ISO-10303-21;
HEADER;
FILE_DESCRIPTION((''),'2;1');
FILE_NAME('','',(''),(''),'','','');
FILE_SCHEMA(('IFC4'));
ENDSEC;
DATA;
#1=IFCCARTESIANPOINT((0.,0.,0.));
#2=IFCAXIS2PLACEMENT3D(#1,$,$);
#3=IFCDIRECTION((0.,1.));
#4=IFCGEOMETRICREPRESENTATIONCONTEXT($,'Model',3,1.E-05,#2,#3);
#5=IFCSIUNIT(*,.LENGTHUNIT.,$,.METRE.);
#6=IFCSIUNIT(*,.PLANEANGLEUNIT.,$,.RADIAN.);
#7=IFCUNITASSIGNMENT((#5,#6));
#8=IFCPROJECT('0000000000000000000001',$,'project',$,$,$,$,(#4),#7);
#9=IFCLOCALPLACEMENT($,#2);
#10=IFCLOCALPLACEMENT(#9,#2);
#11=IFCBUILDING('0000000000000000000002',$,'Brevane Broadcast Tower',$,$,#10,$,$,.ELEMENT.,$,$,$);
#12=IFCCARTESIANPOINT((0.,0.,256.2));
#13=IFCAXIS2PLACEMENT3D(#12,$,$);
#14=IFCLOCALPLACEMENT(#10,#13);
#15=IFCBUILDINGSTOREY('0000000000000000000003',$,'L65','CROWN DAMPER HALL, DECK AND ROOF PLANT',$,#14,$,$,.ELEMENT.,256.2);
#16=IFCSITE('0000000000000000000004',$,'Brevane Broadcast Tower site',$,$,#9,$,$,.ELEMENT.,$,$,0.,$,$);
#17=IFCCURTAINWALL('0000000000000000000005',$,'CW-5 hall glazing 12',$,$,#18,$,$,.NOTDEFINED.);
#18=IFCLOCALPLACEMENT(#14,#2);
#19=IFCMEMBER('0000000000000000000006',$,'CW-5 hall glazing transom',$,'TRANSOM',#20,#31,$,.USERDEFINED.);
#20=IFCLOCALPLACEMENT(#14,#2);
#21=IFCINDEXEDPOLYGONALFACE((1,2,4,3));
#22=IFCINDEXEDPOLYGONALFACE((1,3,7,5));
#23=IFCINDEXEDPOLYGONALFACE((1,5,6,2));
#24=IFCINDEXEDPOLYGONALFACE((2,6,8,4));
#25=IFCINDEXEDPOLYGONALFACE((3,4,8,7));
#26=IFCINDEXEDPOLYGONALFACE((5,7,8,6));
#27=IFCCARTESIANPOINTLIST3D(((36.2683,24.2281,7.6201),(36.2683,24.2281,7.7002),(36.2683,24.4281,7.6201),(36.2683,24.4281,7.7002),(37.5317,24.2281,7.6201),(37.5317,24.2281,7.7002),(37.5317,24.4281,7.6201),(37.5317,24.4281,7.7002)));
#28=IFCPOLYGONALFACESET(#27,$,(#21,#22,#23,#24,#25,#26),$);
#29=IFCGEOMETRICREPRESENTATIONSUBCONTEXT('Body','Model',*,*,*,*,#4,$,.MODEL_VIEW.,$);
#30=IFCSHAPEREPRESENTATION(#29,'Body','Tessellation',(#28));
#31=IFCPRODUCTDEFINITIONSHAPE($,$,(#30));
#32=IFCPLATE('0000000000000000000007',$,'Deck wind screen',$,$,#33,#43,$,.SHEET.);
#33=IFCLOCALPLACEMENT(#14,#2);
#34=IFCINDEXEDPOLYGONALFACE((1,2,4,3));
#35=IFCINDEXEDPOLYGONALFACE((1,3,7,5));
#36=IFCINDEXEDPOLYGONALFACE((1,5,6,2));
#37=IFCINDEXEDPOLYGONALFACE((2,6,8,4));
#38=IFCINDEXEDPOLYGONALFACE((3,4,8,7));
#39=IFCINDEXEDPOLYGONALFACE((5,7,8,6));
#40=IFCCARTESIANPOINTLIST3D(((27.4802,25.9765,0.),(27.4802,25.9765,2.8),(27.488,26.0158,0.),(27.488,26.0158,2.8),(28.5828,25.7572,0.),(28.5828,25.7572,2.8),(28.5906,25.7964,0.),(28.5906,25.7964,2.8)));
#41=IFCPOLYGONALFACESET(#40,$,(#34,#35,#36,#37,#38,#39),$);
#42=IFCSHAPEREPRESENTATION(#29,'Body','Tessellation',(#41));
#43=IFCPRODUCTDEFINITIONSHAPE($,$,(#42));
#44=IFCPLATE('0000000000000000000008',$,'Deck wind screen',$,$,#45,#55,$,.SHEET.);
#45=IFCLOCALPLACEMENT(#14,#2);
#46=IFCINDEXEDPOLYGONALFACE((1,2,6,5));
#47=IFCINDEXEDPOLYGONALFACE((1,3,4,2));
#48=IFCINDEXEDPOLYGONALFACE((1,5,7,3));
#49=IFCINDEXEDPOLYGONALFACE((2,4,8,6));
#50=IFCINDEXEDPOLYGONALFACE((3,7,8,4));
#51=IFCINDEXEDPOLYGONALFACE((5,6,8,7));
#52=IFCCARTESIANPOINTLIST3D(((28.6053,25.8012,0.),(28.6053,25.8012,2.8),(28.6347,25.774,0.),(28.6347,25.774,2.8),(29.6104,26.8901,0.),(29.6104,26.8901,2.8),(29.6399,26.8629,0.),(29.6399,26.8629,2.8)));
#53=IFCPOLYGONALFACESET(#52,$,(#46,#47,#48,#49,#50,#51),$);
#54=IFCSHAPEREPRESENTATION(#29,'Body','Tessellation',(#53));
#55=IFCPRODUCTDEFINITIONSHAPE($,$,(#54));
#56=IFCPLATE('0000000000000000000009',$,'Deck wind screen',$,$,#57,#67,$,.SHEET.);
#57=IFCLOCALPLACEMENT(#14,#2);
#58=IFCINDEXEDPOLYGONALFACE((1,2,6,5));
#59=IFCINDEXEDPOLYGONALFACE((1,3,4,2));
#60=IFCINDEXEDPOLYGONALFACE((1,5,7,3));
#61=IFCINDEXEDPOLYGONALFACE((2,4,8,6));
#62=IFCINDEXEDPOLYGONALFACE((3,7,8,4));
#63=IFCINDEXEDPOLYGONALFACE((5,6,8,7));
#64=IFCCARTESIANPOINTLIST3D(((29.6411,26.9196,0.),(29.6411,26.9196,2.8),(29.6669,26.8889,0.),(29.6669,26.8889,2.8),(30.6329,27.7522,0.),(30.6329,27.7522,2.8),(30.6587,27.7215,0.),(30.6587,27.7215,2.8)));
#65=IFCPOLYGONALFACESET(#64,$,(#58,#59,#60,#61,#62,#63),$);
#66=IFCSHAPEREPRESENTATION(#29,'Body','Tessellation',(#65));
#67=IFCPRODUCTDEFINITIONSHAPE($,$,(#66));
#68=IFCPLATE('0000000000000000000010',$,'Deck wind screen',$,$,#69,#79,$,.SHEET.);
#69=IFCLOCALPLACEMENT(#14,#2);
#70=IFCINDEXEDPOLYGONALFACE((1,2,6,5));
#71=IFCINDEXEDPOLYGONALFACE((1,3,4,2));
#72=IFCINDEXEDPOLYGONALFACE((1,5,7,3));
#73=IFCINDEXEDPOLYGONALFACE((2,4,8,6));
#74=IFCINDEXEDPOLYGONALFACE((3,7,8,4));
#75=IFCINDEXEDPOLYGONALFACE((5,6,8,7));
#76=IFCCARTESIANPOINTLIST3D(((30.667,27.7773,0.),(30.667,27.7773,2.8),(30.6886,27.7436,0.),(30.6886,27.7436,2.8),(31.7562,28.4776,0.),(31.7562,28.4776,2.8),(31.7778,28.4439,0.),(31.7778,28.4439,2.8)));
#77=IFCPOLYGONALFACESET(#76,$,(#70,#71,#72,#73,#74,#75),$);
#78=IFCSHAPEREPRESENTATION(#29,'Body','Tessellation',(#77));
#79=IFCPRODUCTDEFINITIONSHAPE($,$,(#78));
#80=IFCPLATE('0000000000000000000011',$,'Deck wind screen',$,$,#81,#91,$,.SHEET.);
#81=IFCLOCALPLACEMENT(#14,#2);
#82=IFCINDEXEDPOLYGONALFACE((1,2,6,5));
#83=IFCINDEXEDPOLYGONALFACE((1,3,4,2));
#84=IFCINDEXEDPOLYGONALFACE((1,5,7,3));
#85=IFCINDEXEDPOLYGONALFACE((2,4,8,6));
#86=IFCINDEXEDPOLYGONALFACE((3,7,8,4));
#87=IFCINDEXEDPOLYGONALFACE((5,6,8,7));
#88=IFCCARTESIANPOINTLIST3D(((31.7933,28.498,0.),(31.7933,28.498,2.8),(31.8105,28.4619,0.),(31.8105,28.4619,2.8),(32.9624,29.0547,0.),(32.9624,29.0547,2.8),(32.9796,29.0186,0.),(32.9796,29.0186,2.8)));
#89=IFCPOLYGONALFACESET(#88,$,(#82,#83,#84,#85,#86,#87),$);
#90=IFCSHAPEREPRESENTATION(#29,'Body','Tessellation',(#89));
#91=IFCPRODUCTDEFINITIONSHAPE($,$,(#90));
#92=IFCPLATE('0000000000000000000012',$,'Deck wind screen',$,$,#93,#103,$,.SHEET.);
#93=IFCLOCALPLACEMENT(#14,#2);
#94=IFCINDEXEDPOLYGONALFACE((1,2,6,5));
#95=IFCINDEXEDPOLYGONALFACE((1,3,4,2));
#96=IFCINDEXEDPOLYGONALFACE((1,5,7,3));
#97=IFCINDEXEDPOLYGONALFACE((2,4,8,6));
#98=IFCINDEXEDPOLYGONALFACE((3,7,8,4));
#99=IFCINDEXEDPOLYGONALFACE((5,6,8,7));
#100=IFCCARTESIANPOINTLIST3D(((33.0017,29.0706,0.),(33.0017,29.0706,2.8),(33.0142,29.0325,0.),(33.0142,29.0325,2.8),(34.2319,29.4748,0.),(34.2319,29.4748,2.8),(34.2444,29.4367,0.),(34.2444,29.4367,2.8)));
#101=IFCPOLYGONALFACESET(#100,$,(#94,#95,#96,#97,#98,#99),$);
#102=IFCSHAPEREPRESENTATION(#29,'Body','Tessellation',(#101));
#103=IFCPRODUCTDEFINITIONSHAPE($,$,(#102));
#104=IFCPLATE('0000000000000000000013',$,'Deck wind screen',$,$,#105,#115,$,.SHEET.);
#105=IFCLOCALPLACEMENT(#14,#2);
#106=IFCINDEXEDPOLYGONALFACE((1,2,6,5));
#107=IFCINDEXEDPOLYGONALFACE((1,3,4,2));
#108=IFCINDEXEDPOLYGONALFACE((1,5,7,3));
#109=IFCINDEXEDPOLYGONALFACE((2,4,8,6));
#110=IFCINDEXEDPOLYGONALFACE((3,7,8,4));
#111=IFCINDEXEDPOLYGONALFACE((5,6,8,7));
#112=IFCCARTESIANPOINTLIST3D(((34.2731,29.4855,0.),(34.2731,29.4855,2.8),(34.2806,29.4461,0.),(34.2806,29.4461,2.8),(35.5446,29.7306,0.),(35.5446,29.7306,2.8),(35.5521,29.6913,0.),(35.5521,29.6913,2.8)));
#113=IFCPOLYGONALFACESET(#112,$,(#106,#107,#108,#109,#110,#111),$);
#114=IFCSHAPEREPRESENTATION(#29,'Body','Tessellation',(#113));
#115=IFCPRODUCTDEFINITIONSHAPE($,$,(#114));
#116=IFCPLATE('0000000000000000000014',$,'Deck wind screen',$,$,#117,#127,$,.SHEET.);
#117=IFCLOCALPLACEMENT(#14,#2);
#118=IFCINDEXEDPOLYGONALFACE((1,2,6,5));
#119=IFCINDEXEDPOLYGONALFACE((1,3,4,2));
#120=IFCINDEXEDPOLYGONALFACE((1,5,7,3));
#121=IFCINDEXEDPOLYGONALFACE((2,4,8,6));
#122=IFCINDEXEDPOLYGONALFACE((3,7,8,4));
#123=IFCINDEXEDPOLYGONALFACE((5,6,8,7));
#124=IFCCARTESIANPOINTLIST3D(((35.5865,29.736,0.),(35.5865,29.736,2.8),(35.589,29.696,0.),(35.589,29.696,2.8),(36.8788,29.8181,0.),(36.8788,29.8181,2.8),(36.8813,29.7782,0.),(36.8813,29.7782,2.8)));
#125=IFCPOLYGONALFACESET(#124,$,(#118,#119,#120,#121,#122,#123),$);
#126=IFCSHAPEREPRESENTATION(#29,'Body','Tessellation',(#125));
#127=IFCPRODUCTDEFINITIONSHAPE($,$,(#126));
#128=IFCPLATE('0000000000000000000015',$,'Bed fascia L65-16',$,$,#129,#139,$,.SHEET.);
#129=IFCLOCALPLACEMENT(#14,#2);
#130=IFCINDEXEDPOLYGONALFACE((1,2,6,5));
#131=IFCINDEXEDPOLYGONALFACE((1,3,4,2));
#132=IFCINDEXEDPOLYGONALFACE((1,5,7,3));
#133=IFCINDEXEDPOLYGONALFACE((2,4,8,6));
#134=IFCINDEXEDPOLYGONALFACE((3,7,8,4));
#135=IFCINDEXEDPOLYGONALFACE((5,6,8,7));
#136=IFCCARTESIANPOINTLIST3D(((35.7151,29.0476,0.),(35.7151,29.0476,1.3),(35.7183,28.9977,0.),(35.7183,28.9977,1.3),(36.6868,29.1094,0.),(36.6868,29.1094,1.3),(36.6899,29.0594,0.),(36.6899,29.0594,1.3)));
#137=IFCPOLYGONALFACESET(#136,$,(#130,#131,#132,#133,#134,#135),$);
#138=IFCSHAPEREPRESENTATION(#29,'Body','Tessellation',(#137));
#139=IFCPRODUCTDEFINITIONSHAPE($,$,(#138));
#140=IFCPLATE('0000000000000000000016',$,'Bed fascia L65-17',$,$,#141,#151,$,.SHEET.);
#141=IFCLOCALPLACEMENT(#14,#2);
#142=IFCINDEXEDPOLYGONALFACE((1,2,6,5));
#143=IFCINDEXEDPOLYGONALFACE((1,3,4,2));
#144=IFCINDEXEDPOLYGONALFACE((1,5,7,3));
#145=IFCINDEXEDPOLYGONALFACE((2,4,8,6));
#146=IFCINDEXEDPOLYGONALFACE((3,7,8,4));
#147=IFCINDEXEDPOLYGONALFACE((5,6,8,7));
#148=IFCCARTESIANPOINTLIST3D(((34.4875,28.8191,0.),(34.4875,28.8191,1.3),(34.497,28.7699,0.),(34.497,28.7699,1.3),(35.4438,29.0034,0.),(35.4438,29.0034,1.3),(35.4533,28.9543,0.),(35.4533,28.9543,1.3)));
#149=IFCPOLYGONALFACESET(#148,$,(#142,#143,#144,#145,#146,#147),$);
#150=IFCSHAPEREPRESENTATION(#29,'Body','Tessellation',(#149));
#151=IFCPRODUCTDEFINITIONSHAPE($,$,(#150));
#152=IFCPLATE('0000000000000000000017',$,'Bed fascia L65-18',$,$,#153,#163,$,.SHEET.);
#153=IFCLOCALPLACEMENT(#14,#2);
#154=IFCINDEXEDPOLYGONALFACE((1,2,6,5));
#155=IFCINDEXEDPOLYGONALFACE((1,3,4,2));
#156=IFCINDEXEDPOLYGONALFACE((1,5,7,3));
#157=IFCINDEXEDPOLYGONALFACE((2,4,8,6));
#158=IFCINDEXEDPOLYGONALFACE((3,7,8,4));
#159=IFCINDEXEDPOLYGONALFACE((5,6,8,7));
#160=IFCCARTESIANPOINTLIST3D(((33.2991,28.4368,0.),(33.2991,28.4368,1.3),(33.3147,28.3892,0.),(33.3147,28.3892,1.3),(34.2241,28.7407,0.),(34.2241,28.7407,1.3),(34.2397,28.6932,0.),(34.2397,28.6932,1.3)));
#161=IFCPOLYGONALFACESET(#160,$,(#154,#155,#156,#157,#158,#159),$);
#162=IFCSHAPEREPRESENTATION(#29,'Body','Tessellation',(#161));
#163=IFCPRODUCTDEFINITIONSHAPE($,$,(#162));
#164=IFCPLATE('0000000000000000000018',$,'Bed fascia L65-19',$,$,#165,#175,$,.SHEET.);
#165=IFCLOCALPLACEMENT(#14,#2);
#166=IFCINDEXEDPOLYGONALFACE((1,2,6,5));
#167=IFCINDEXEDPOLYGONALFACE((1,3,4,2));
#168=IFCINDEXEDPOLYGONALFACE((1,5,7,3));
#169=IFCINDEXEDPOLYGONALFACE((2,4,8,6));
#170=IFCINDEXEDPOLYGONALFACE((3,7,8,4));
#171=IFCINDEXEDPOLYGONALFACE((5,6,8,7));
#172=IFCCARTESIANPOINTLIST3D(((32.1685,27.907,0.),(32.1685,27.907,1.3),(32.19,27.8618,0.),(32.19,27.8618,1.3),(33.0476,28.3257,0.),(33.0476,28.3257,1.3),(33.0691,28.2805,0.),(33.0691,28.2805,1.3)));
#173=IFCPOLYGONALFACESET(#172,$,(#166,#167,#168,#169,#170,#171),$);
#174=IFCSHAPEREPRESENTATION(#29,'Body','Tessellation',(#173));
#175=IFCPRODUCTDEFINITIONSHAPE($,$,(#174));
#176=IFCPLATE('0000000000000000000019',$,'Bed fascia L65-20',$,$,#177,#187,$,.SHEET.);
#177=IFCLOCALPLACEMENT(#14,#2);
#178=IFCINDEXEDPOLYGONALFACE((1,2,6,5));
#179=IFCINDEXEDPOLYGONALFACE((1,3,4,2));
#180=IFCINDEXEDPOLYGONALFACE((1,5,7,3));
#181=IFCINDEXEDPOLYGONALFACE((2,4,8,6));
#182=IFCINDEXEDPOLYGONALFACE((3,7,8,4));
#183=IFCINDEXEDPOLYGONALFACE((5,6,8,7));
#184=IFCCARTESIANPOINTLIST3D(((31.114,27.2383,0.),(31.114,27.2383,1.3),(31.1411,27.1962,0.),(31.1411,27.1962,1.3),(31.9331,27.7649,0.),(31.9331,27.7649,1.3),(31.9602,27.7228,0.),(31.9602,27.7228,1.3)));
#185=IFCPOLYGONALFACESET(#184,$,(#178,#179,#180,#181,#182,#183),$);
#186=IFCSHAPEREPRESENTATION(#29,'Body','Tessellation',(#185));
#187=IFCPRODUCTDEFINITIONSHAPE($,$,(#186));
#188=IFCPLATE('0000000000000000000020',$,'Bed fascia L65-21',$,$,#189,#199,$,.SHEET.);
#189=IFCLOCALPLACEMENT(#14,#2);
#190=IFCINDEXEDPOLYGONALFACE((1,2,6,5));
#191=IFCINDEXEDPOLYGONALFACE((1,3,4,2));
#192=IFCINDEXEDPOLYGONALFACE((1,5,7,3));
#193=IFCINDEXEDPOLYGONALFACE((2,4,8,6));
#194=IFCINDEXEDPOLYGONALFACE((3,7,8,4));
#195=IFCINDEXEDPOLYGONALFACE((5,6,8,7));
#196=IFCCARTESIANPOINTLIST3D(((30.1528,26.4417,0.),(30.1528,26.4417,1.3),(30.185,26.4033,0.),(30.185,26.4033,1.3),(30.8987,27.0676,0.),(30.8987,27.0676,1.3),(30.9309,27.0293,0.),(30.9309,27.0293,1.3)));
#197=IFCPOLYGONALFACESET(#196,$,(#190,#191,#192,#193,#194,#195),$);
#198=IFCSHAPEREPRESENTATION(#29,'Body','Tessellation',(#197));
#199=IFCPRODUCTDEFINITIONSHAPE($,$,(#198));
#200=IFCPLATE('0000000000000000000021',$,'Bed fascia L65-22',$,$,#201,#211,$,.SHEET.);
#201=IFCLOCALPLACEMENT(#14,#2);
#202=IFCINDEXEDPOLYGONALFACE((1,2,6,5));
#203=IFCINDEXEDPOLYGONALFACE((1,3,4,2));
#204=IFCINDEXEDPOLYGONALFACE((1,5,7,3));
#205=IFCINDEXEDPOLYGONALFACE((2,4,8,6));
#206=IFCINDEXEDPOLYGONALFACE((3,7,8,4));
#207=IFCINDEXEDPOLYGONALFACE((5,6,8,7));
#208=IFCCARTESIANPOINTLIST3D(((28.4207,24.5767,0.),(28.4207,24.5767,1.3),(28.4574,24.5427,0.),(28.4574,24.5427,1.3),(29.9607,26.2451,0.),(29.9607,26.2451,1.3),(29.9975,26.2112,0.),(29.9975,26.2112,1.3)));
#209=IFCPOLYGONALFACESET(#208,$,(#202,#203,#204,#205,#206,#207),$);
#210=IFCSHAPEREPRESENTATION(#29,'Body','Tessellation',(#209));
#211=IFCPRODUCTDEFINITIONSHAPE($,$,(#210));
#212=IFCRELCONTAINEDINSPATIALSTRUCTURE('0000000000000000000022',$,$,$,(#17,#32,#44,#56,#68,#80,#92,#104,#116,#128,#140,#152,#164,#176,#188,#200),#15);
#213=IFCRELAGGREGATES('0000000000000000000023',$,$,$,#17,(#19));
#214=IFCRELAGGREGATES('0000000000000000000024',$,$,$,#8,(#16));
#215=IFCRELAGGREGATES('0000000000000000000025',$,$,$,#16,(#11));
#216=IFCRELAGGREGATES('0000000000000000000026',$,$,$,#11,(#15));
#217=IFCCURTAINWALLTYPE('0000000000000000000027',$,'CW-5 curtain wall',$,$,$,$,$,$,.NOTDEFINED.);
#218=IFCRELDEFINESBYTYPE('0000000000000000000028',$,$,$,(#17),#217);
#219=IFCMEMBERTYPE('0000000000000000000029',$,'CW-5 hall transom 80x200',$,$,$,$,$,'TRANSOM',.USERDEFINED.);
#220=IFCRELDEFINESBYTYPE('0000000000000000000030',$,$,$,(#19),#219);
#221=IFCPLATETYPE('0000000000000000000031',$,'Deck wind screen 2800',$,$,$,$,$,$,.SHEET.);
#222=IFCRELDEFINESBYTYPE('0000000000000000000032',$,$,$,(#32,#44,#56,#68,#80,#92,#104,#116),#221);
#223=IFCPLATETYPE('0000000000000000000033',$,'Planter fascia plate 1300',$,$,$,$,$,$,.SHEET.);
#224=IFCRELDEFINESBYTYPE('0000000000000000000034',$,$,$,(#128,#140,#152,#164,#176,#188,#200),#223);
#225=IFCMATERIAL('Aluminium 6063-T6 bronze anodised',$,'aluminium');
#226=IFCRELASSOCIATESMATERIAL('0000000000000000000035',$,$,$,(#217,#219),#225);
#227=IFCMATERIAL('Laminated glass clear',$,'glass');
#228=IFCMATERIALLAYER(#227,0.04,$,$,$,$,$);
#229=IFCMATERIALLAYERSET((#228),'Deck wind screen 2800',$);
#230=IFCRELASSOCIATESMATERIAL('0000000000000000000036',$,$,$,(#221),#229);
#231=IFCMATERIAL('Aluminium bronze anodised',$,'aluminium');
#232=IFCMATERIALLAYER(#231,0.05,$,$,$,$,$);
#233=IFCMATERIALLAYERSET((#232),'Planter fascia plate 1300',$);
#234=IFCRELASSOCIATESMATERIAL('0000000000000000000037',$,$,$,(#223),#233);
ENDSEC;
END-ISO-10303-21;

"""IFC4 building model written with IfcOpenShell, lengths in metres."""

from ifc_helpers import new_model, si_unit, direction, frame, origin, origin_2d, place, context, subcontext, project, spatial, polyline, rectangle, outline, extrude, material, layer, layer_set, material_profile, profile_set, type_object, element, aggregate, save


model = new_model("IFC4")

# Units and contexts
model_context = context("Model", 3, precision=1e-05, world=origin(), true_north=direction((0.0, 1.0)))
body_context = subcontext(model_context, "Body", "Model", "MODEL_VIEW")
ifc_project = project(units=[si_unit("LENGTHUNIT", "METRE"), si_unit("PLANEANGLEUNIT", "RADIAN")], contexts=[model_context])

# Site, building, storey
site_placement = place(None, origin())
site = spatial("IfcSite", under=ifc_project, at=site_placement, Name="Brevane Broadcast Tower site", CompositionType="ELEMENT", RefElevation=0.0)
building_placement = place(site_placement, origin())
building = spatial("IfcBuilding", under=site, at=building_placement, Name="Brevane Broadcast Tower", CompositionType="ELEMENT")
storey_placement = place(building_placement, frame((0.0, 0.0, 256.2)))
storey = spatial("IfcBuildingStorey", under=building, at=storey_placement, Name="L65", Description="CROWN DAMPER HALL, DECK AND ROOF PLANT", CompositionType="ELEMENT", Elevation=256.2)

# Curtain wall, member
ifc_material_1 = material(Name="Aluminium 6063-T6 bronze anodised", Category="aluminium")
curtain_wall_type = type_object("IfcCurtainWallType", Name="CW-5 curtain wall", PredefinedType="NOTDEFINED", material=ifc_material_1)
curtain_wall_placement = place(storey_placement, origin())
curtain_wall = element("IfcCurtainWall", 1, at=curtain_wall_placement, inside=storey, type_object=curtain_wall_type, Name="CW-5 hall glazing 12", PredefinedType="NOTDEFINED")
ifc_material_profile = material_profile(ifc_material_1, rectangle(XDim=0.2, YDim=0.0801, at=origin_2d()), Name="RECT 80x200")
ifc_profile_set = profile_set([ifc_material_profile], Name="Aluminium 6063-T6 bronze anodised")
member_type = type_object("IfcMemberType", Name="CW-5 hall transom 80x200", ElementType="TRANSOM", PredefinedType="USERDEFINED", material=ifc_profile_set)
member_placement = place(storey_placement, frame((37.5317, 24.3281, 7.6602), z_axis=(-1.0, 0.0, 0.0), x_axis=(0.0, -1.0, 0.0)))
member = element("IfcMember", 2, at=member_placement, type_object=member_type, Name="CW-5 hall glazing transom", ObjectType="TRANSOM", PredefinedType="USERDEFINED", context=body_context, shape_type="SweptSolid", body=[
    extrude(rectangle(XDim=0.2, YDim=0.0801, at=origin_2d()), origin(), (0.0, 0.0, 1.0), 1.2634),
])
aggregate(curtain_wall, [member])

# Plates
ifc_material_2 = material(Name="Laminated glass clear", Category="glass")
ifc_layer_1 = layer(ifc_material_2, 0.04)
ifc_layer_set_1 = layer_set([ifc_layer_1], Name="Deck wind screen 2800")
plate_type_1 = type_object("IfcPlateType", Name="Deck wind screen 2800", PredefinedType="SHEET", material=ifc_layer_set_1)
plate_1_placement = place(storey_placement, frame((28.0354, 25.8865, 0.0), z_axis=(0.0, 0.0, 1.0), x_axis=(0.980785, -0.19509, 0.0)))
element("IfcPlate", 3, at=plate_1_placement, inside=storey, type_object=plate_type_1, Name="Deck wind screen", PredefinedType="SHEET", context=body_context, shape_type="SweptSolid", body=[
    extrude(rectangle(XDim=1.1243, YDim=0.04, at=origin_2d()), origin(), (0.0, 0.0, 1.0), 2.8),
])
plate_2_placement = place(storey_placement, frame((29.1226, 26.332, 0.0), z_axis=(0.0, 0.0, 1.0), x_axis=(0.6783, 0.734785, 0.0)))
element("IfcPlate", 4, at=plate_2_placement, inside=storey, type_object=plate_type_1, Name="Deck wind screen", PredefinedType="SHEET", context=body_context, shape_type="SweptSolid", body=[
    extrude(rectangle(XDim=1.4819, YDim=0.04, at=origin_2d()), origin(), (0.0, 0.0, 1.0), 2.8),
])
for number, where, z_axis, x_axis, name in (
    (5, (30.1499, 27.3206, 0.0), (0.0, 0.0, 1.0), (0.765889, 0.642972, 0.0), "Deck wind screen"),
    (6, (31.2224, 28.1106, 0.0), (0.0, 0.0, 1.0), (0.841147, 0.540807, 0.0), "Deck wind screen"),
    (7, (32.3865, 28.7583, 0.0), (0.0, 0.0, 1.0), (0.90286, 0.429934, 0.0), "Deck wind screen"),
    (8, (33.623, 29.2537, 0.0), (0.0, 0.0, 1.0), (0.950037, 0.312137, 0.0), "Deck wind screen"),
    (9, (34.9126, 29.5884, 0.0), (0.0, 0.0, 1.0), (0.981916, 0.189316, 0.0), "Deck wind screen"),
    (10, (36.2339, 29.7571, 0.0), (0.0, 0.0, 1.0), (0.997985, 0.063446, 0.0), "Deck wind screen"),
):
    element("IfcPlate", number, at=place(storey_placement, frame(where, z_axis=z_axis, x_axis=x_axis)), inside=storey, type_object=plate_type_1, Name=name, PredefinedType="SHEET", context=body_context, shape_type="SweptSolid", body=[
        extrude(rectangle(XDim=1.2949, YDim=0.04, at=origin_2d()), origin(), (0.0, 0.0, 1.0), 2.8),
    ])
ifc_material_3 = material(Name="Aluminium bronze anodised", Category="aluminium")
ifc_layer_2 = layer(ifc_material_3, 0.05)
ifc_layer_set_2 = layer_set([ifc_layer_2], Name="Planter fascia plate 1300")
plate_type_2 = type_object("IfcPlateType", Name="Planter fascia plate 1300", PredefinedType="SHEET", material=ifc_layer_set_2)
plate_3_placement = place(storey_placement, frame((36.6868, 29.1094, 0.0), z_axis=(-0.06344, 0.997986, 0.0), x_axis=(-0.997986, -0.06344, 0.0)))
element("IfcPlate", 11, at=plate_3_placement, inside=storey, type_object=plate_type_2, Name="Bed fascia L65-16", PredefinedType="SHEET", context=body_context, shape_type="SweptSolid", body=[
    extrude(outline(polyline([(0.0, 0.0), (0.9736, 0.0), (0.9736, 1.3), (0.0, 1.3), (0.0, 0.0)])), origin(), (0.0, 0.0, -1.0), 0.05),
])
plate_4_placement = place(storey_placement, frame((35.4438, 29.0034, 0.0), z_axis=(-0.189266, 0.981926, 0.0), x_axis=(-0.981926, -0.189266, 0.0)))
element("IfcPlate", 12, at=plate_4_placement, inside=storey, type_object=plate_type_2, Name="Bed fascia L65-17", PredefinedType="SHEET", context=body_context, shape_type="SweptSolid", body=[
    extrude(outline(polyline([(0.0, 0.0), (0.9739, 0.0), (0.9739, 1.3), (0.0, 1.3), (0.0, 0.0)])), origin(), (0.0, 0.0, -1.0), 0.05),
])
plate_5_placement = place(storey_placement, frame((34.2241, 28.7407, 0.0), z_axis=(-0.312163, 0.950029, 0.0), x_axis=(-0.950029, -0.312163, 0.0)))
element("IfcPlate", 13, at=plate_5_placement, inside=storey, type_object=plate_type_2, Name="Bed fascia L65-18", PredefinedType="SHEET", context=body_context, shape_type="SweptSolid", body=[
    extrude(outline(polyline([(0.0, 0.0), (0.9737, 0.0), (0.9737, 1.3), (0.0, 1.3), (0.0, 0.0)])), origin(), (0.0, 0.0, -1.0), 0.05),
])
plate_6_placement = place(storey_placement, frame((33.0476, 28.3257, 0.0), z_axis=(-0.429982, 0.902837, 0.0), x_axis=(-0.902837, -0.429982, 0.0)))
element("IfcPlate", 14, at=plate_6_placement, inside=storey, type_object=plate_type_2, Name="Bed fascia L65-19", PredefinedType="SHEET", context=body_context, shape_type="SweptSolid", body=[
    extrude(outline(polyline([(0.0, 0.0), (0.9738, 0.0), (0.9738, 1.3), (0.0, 1.3), (0.0, 0.0)])), origin(), (0.0, 0.0, -1.0), 0.05),
])
plate_7_placement = place(storey_placement, frame((31.9331, 27.7649, 0.0), z_axis=(-0.540796, 0.841154, 0.0), x_axis=(-0.841154, -0.540796, 0.0)))
element("IfcPlate", 15, at=plate_7_placement, inside=storey, type_object=plate_type_2, Name="Bed fascia L65-20", PredefinedType="SHEET", context=body_context, shape_type="SweptSolid", body=[
    extrude(outline(polyline([(0.0, 0.0), (0.9738, 0.0), (0.9738, 1.3), (0.0, 1.3), (0.0, 0.0)])), origin(), (0.0, 0.0, -1.0), 0.05),
])
plate_8_placement = place(storey_placement, frame((30.8987, 27.0676, 0.0), z_axis=(-0.642869, 0.765976, 0.0), x_axis=(-0.765976, -0.642869, 0.0)))
element("IfcPlate", 16, at=plate_8_placement, inside=storey, type_object=plate_type_2, Name="Bed fascia L65-21", PredefinedType="SHEET", context=body_context, shape_type="SweptSolid", body=[
    extrude(outline(polyline([(0.0, 0.0), (0.9737, 0.0), (0.9737, 1.3), (0.0, 1.3), (0.0, 0.0)])), origin(), (0.0, 0.0, -1.0), 0.05),
])
plate_9_placement = place(storey_placement, frame((29.9607, 26.2451, 0.0), z_axis=(-0.73482, 0.678262, 0.0), x_axis=(-0.678262, -0.73482, 0.0)))
element("IfcPlate", 17, at=plate_9_placement, inside=storey, type_object=plate_type_2, Name="Bed fascia L65-22", PredefinedType="SHEET", context=body_context, shape_type="SweptSolid", body=[
    extrude(outline(polyline([(0.0, 0.0), (2.2706, 0.0), (2.2706, 1.3), (0.0, 1.3), (0.0, 0.0)])), origin(), (0.0, 0.0, -1.0), 0.05),
])

save(model, "model.ifc")
